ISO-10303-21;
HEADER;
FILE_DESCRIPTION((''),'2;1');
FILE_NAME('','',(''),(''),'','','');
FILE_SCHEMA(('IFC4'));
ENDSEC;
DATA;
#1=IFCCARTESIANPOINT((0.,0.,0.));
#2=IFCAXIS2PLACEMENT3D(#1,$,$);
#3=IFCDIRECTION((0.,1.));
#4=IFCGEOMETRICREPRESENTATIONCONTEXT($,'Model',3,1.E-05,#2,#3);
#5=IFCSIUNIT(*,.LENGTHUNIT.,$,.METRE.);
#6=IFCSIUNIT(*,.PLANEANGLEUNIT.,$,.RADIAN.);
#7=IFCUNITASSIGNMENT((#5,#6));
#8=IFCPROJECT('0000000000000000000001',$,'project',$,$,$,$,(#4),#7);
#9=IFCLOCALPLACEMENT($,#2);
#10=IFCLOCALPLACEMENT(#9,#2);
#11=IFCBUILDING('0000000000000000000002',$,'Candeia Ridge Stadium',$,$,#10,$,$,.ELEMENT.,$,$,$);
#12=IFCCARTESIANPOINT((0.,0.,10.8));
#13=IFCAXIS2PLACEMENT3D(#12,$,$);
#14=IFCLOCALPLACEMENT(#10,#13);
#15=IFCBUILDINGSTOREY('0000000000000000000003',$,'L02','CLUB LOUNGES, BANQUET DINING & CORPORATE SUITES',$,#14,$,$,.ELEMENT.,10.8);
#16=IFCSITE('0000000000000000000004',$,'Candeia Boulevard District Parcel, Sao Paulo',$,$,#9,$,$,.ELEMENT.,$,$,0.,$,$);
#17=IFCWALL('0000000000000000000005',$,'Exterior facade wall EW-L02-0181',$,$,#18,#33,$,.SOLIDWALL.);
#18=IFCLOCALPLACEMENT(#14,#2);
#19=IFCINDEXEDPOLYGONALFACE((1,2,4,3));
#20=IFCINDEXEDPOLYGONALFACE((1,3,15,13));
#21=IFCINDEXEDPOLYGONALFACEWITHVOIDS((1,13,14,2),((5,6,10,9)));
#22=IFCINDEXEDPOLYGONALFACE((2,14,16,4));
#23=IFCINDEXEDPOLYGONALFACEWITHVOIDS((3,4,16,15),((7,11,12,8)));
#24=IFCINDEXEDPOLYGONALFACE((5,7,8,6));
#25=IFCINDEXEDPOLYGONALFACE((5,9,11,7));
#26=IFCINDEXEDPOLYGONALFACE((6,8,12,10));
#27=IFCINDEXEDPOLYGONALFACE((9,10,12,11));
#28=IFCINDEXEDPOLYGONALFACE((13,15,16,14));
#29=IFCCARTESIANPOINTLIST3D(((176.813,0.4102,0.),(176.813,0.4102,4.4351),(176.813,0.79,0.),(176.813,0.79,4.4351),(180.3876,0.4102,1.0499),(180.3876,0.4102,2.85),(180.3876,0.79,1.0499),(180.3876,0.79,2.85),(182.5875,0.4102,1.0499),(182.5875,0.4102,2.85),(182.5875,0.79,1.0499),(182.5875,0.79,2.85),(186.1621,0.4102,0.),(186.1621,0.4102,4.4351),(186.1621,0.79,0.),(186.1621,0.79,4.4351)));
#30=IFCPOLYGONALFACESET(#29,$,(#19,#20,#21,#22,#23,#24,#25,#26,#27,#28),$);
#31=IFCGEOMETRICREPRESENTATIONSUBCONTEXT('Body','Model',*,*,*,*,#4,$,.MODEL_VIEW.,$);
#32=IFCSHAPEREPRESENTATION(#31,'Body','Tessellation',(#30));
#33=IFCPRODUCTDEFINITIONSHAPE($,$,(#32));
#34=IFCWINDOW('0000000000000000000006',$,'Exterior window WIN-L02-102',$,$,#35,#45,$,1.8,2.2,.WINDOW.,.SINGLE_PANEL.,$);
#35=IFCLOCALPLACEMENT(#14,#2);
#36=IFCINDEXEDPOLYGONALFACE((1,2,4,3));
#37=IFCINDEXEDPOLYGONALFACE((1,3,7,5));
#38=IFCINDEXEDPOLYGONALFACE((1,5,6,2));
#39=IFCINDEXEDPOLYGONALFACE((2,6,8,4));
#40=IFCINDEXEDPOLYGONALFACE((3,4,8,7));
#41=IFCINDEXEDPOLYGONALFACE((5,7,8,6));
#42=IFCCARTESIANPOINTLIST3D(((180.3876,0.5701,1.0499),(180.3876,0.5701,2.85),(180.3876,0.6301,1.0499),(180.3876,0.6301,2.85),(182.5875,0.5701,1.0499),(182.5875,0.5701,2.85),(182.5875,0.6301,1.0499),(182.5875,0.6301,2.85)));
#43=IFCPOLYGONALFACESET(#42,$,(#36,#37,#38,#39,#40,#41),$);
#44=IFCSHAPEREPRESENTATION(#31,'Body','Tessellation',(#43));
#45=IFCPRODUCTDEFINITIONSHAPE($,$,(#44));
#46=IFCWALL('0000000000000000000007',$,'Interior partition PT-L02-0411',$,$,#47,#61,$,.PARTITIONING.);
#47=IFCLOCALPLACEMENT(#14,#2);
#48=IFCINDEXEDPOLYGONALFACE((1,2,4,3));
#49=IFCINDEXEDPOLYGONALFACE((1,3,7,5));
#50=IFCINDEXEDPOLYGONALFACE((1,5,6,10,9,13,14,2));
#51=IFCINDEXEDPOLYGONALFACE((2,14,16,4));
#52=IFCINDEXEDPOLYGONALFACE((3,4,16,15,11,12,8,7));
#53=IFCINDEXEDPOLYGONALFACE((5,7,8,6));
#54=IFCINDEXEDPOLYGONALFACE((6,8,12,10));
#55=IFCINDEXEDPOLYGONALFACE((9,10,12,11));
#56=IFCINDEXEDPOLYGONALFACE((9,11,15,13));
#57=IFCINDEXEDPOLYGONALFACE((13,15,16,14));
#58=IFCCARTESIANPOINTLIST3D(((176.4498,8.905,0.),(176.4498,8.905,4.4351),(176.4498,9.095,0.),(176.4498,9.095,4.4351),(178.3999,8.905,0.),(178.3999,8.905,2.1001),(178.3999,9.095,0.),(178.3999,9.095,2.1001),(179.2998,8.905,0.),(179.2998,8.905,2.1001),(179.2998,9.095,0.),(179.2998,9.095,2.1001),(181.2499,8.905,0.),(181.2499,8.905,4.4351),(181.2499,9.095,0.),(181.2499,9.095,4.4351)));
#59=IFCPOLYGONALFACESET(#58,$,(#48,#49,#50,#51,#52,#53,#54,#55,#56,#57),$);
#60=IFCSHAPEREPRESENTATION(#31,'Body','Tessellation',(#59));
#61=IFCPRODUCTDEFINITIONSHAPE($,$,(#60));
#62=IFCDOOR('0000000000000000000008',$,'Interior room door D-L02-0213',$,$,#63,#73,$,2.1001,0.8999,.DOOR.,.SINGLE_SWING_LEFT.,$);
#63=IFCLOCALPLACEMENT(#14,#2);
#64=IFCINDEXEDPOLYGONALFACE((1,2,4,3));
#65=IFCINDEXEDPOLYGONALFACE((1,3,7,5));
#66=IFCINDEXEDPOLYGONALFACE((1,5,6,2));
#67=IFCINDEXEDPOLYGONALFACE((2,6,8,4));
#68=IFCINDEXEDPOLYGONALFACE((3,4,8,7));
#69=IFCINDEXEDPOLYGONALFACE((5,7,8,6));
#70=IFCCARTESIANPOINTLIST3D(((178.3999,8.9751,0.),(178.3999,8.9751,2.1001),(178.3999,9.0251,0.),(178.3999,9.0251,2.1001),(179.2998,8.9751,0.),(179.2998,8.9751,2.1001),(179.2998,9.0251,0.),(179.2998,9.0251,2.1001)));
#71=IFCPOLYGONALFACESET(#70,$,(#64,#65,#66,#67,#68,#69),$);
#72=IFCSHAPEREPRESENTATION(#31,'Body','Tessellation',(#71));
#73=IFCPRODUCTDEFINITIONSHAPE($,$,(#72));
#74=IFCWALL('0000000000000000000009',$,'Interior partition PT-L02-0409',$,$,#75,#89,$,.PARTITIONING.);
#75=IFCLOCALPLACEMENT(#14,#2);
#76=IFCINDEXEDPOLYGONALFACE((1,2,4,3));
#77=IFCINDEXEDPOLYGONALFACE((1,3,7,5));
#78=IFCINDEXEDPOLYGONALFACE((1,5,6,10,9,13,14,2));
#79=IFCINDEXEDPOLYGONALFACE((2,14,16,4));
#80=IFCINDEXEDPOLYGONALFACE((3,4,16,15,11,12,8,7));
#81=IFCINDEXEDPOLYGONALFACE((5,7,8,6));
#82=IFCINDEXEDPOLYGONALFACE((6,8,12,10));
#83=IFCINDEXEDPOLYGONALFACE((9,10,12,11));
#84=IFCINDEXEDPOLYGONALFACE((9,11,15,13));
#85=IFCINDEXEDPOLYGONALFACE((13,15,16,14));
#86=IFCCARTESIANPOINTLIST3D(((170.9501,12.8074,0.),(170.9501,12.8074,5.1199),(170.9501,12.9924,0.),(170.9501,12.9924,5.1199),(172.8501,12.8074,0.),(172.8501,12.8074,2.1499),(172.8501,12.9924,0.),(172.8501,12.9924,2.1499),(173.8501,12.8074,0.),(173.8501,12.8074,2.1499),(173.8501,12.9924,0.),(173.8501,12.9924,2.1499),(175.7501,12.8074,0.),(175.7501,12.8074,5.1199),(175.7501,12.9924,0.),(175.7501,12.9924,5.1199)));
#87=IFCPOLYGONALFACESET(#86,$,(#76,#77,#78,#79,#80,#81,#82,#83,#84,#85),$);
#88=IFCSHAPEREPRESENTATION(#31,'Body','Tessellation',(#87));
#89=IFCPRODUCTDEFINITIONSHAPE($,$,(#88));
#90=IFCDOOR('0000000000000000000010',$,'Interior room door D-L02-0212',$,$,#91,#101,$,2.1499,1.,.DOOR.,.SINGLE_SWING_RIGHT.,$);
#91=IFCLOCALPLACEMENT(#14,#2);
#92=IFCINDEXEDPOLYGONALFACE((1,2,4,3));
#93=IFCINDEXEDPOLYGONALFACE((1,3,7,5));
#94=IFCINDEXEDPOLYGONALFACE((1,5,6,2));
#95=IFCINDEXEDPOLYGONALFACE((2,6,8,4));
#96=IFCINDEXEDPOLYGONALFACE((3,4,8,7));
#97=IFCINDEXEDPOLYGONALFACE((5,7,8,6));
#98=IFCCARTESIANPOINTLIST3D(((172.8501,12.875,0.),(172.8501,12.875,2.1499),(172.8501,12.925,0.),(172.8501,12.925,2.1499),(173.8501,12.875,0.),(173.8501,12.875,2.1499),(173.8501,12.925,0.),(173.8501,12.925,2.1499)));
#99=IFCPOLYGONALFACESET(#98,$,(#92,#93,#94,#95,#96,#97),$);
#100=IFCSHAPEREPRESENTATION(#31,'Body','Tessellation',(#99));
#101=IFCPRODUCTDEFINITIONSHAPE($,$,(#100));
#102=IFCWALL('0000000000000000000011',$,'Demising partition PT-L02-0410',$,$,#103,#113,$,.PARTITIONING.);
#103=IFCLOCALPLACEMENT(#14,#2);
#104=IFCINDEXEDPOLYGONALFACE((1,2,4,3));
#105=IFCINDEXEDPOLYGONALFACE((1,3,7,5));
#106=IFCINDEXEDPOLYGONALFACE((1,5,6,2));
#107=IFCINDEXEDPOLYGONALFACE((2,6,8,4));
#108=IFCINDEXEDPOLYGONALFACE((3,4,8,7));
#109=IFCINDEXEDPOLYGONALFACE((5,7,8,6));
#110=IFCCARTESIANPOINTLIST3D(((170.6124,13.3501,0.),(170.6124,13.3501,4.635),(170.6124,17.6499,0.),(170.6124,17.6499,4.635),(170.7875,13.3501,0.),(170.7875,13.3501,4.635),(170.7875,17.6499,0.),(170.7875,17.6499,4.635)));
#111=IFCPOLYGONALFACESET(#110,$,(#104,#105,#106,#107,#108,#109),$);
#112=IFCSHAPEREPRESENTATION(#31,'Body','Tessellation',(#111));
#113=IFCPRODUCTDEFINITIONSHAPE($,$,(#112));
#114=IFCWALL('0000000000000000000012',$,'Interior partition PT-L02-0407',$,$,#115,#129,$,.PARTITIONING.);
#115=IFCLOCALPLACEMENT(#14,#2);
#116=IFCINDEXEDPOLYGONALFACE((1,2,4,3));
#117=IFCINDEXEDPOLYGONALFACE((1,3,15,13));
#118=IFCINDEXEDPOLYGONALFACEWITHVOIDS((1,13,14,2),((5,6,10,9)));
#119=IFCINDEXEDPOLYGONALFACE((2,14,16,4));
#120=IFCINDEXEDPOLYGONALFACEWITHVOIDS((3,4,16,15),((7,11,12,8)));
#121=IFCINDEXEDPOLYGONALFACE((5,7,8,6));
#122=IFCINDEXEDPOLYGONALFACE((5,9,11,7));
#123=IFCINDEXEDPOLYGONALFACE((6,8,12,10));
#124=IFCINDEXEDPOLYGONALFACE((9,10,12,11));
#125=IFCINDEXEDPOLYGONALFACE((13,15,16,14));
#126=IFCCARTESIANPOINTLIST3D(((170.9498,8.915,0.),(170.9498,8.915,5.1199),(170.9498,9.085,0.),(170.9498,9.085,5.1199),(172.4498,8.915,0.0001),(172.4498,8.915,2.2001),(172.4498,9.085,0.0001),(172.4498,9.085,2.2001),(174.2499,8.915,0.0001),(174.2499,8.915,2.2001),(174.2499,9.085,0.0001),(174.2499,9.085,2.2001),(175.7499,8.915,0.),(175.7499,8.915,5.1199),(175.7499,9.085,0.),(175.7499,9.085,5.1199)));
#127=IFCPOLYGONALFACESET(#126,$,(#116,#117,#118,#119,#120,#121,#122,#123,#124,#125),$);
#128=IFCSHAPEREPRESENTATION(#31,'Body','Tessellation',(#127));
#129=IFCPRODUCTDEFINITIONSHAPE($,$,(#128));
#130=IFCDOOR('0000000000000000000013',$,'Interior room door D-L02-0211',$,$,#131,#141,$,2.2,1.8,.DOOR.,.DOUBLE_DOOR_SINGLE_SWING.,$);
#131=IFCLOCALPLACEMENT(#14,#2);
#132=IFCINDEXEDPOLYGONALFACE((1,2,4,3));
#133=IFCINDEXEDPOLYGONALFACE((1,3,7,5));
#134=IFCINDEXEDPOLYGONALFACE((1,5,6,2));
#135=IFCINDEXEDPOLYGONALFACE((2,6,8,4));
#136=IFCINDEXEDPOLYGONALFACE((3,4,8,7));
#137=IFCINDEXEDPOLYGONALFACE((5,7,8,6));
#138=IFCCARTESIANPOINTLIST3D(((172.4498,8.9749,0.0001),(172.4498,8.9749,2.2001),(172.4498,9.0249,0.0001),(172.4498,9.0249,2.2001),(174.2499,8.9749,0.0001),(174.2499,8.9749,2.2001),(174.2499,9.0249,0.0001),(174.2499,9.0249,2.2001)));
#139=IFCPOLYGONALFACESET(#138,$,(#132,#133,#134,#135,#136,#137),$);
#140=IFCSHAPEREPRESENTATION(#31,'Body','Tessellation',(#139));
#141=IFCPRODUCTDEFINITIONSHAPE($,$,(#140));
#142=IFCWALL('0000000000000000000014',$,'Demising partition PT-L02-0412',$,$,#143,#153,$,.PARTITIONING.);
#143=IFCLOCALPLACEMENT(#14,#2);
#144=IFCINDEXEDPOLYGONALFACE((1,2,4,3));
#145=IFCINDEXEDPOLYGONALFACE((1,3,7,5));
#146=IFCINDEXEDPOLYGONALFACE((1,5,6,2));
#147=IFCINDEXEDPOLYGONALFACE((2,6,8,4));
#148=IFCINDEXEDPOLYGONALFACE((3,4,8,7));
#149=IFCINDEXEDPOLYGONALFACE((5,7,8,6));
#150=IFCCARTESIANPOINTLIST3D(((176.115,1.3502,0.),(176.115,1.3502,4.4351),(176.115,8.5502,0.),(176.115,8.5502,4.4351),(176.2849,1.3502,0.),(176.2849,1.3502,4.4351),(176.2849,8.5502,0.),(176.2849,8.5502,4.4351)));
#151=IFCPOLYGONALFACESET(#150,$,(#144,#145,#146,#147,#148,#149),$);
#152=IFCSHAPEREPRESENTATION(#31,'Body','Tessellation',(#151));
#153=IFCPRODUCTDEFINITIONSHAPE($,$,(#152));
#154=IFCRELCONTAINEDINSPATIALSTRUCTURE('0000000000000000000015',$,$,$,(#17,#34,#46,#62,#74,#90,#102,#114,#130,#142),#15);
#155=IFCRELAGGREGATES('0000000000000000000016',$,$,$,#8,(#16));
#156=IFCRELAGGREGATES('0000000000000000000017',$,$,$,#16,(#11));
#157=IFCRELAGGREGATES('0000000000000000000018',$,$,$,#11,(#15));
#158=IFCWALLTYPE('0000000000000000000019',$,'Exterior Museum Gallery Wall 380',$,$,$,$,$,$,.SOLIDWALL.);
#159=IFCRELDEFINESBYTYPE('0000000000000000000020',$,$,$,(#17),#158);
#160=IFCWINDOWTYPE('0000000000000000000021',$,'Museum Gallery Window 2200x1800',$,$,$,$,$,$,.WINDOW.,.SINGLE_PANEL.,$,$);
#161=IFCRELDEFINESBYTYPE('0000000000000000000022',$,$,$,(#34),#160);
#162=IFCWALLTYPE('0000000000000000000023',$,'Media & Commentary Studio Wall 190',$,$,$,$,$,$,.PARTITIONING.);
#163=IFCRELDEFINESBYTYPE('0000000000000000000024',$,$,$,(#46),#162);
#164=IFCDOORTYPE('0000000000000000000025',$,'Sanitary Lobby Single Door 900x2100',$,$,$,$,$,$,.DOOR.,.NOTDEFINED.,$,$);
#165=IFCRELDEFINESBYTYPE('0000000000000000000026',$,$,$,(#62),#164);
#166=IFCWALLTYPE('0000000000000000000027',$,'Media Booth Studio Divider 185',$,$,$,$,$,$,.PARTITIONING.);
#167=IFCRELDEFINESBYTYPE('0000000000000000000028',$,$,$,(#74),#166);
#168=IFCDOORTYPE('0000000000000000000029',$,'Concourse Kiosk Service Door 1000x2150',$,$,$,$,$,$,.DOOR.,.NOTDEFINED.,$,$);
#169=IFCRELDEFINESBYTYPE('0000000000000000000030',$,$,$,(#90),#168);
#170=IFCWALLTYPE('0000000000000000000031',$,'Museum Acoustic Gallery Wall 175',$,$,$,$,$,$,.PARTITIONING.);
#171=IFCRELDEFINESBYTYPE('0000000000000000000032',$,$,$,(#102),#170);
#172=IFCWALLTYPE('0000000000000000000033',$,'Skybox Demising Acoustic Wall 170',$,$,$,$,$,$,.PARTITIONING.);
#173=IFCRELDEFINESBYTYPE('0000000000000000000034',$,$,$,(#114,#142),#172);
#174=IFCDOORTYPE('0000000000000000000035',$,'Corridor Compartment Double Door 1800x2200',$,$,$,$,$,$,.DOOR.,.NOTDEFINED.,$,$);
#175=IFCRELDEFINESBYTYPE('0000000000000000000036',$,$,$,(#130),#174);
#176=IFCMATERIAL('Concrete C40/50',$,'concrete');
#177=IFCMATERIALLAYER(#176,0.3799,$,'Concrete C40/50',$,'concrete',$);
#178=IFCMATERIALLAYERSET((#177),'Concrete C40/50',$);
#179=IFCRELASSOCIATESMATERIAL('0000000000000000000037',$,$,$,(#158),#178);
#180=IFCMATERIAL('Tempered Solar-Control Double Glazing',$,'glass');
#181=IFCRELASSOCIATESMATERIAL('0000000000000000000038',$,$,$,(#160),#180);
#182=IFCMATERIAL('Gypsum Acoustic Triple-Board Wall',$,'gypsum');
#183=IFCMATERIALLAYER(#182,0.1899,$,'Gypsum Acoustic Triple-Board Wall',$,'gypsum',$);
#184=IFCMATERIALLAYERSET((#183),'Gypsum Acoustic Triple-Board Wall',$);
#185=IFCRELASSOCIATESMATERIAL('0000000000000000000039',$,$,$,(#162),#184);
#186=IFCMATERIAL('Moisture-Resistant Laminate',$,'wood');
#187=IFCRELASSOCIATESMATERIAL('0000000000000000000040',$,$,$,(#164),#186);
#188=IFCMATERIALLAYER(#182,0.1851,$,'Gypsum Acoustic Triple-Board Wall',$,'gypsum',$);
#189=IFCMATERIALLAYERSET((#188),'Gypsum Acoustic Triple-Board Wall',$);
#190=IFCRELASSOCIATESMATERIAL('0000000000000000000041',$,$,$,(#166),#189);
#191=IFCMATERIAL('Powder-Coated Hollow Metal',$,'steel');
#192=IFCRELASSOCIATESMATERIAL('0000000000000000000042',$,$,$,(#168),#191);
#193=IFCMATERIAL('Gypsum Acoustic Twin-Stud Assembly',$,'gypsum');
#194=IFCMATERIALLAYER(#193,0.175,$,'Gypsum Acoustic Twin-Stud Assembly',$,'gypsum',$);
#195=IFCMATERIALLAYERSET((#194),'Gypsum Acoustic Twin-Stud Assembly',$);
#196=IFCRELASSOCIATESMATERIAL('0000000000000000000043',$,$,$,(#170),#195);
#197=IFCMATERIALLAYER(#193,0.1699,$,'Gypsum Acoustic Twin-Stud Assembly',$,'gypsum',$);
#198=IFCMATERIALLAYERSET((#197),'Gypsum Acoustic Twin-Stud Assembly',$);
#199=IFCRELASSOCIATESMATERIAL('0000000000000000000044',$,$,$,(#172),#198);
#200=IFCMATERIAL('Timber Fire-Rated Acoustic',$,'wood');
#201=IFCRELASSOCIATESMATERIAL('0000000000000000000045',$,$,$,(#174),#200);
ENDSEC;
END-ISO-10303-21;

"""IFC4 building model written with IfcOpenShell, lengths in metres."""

from ifc_helpers import new_model, si_unit, direction, frame, frame_2d, origin, place, context, subcontext, project, spatial, rectangle, extrude, material, layer, layer_set, type_object, element, fill, save


model = new_model("IFC4")

# Units and contexts
model_context = context("Model", 3, precision=1e-05, world=origin(), true_north=direction((0.0, 1.0)))
body_context = subcontext(model_context, "Body", "Model", "MODEL_VIEW")
ifc_project = project(units=[si_unit("LENGTHUNIT", "METRE"), si_unit("PLANEANGLEUNIT", "RADIAN")], contexts=[model_context])

# Site, building, storey
site_placement = place(None, origin())
site = spatial("IfcSite", under=ifc_project, at=site_placement, Name="Candeia Boulevard District Parcel, Sao Paulo", CompositionType="ELEMENT", RefElevation=0.0)
building_placement = place(site_placement, origin())
building = spatial("IfcBuilding", under=site, at=building_placement, Name="Candeia Ridge Stadium", CompositionType="ELEMENT")
storey_placement = place(building_placement, frame((0.0, 0.0, 10.8)))
storey = spatial("IfcBuildingStorey", under=building, at=storey_placement, Name="L02", Description="CLUB LOUNGES, BANQUET DINING & CORPORATE SUITES", CompositionType="ELEMENT", Elevation=10.8)

# Shared definitions
ifc_material_1 = material(Name="Concrete C40/50", Category="concrete")

# Wall, opening, window
ifc_layer_1 = layer(ifc_material_1, 0.3799, Name="Concrete C40/50", Category="concrete")
ifc_layer_set_1 = layer_set([ifc_layer_1], Name="Concrete C40/50")
wall_type_1 = type_object("IfcWallType", Name="Exterior Museum Gallery Wall 380", PredefinedType="SOLIDWALL", material=ifc_layer_set_1)
wall_1_placement = place(storey_placement, frame((176.813, 0.6001, 0.0), z_axis=(0.0, 0.0, 1.0), x_axis=(1.0, 0.0, 0.0)))
wall_1 = element("IfcWall", 1, at=wall_1_placement, inside=storey, type_object=wall_type_1, Name="Exterior facade wall EW-L02-0181", PredefinedType="SOLIDWALL", context=body_context, shape_type="SweptSolid", body=[
    extrude(rectangle(XDim=9.3491, YDim=0.3799, at=frame_2d((4.6746, 0.0))), origin(), (0.0, 0.0, 1.0), 4.4351),
])
opening_1_placement = place(wall_1_placement, frame((3.5745, 0.0, 1.05)))
opening_1 = element("IfcOpeningElement", 2, at=opening_1_placement, cuts=wall_1, PredefinedType="OPENING", context=body_context, shape_type="SweptSolid", body=[
    extrude(rectangle(XDim=2.2, YDim=1.8, at=frame_2d((1.1001, 0.8999))), frame((0.0, 0.2, 0.0), z_axis=(0.0, -1.0, 0.0), x_axis=(1.0, 0.0, 0.0)), (0.0, 0.0, 1.0), 0.3999),
])
ifc_material_2 = material(Name="Tempered Solar-Control Double Glazing", Category="glass")
window_type = type_object("IfcWindowType", Name="Museum Gallery Window 2200x1800", PartitioningType="SINGLE_PANEL", PredefinedType="WINDOW", material=ifc_material_2)
window_placement = place(opening_1_placement, origin())
window = element("IfcWindow", 3, at=window_placement, inside=storey, type_object=window_type, Name="Exterior window WIN-L02-102", OverallHeight=1.8, OverallWidth=2.2, PartitioningType="SINGLE_PANEL", PredefinedType="WINDOW", context=body_context, shape_type="SweptSolid", body=[
    extrude(rectangle(XDim=2.2, YDim=1.8, at=frame_2d((1.1001, 0.8999))), frame((0.0, 0.03, 0.0), z_axis=(0.0, -1.0, 0.0), x_axis=(1.0, 0.0, 0.0)), (0.0, 0.0, 1.0), 0.0601),
])
fill(opening_1, window)

# Walls, openings, doors
ifc_material_3 = material(Name="Gypsum Acoustic Triple-Board Wall", Category="gypsum")
ifc_layer_2 = layer(ifc_material_3, 0.1899, Name="Gypsum Acoustic Triple-Board Wall", Category="gypsum")
ifc_layer_set_2 = layer_set([ifc_layer_2], Name="Gypsum Acoustic Triple-Board Wall")
wall_type_2 = type_object("IfcWallType", Name="Media & Commentary Studio Wall 190", PredefinedType="PARTITIONING", material=ifc_layer_set_2)
wall_2_placement = place(storey_placement, frame((176.45, 9.0, 0.0), z_axis=(0.0, 0.0, 1.0), x_axis=(1.0, 0.0, 0.0)))
wall_2 = element("IfcWall", 4, at=wall_2_placement, inside=storey, type_object=wall_type_2, Name="Interior partition PT-L02-0411", PredefinedType="PARTITIONING", context=body_context, shape_type="SweptSolid", body=[
    extrude(rectangle(XDim=4.8, YDim=0.1899, at=frame_2d((2.3999, 0.0))), origin(), (0.0, 0.0, 1.0), 4.4351),
])
opening_2_placement = place(wall_2_placement, frame((1.95, 0.0, 0.0)))
opening_2 = element("IfcOpeningElement", 5, at=opening_2_placement, cuts=wall_2, PredefinedType="OPENING", context=body_context, shape_type="SweptSolid", body=[
    extrude(rectangle(XDim=0.8999, YDim=2.1001, at=frame_2d((0.45, 1.05))), frame((0.0, 0.105, 0.0), z_axis=(0.0, -1.0, 0.0), x_axis=(1.0, 0.0, 0.0)), (0.0, 0.0, 1.0), 0.21),
])
ifc_material_4 = material(Name="Moisture-Resistant Laminate", Category="wood")
door_type_1 = type_object("IfcDoorType", Name="Sanitary Lobby Single Door 900x2100", OperationType="NOTDEFINED", PredefinedType="DOOR", material=ifc_material_4)
door_1_placement = place(opening_2_placement, frame((0.8999, 0.0, 0.0), z_axis=(0.0, 0.0, 1.0), x_axis=(-1.0, 0.0, 0.0)))
door_1 = element("IfcDoor", 6, at=door_1_placement, inside=storey, type_object=door_type_1, Name="Interior room door D-L02-0213", OperationType="SINGLE_SWING_LEFT", OverallHeight=2.1001, OverallWidth=0.8999, PredefinedType="DOOR", context=body_context, shape_type="SweptSolid", body=[
    extrude(rectangle(XDim=0.8999, YDim=2.1001, at=frame_2d((0.45, 1.05))), frame((0.0, 0.0249, 0.0), z_axis=(0.0, -1.0, 0.0), x_axis=(1.0, 0.0, 0.0)), (0.0, 0.0, 1.0), 0.05),
])
fill(opening_2, door_1)
ifc_layer_3 = layer(ifc_material_3, 0.1851, Name="Gypsum Acoustic Triple-Board Wall", Category="gypsum")
ifc_layer_set_3 = layer_set([ifc_layer_3], Name="Gypsum Acoustic Triple-Board Wall")
wall_type_3 = type_object("IfcWallType", Name="Media Booth Studio Divider 185", PredefinedType="PARTITIONING", material=ifc_layer_set_3)
wall_3_placement = place(storey_placement, frame((175.75, 12.8999, 0.0), z_axis=(0.0, 0.0, 1.0), x_axis=(-1.0, 0.0, 0.0)))
wall_3 = element("IfcWall", 7, at=wall_3_placement, inside=storey, type_object=wall_type_3, Name="Interior partition PT-L02-0409", PredefinedType="PARTITIONING", context=body_context, shape_type="SweptSolid", body=[
    extrude(rectangle(XDim=4.8, YDim=0.1851, at=frame_2d((2.3999, 0.0))), origin(), (0.0, 0.0, 1.0), 5.1199),
])
opening_3_placement = place(wall_3_placement, frame((1.8999, 0.0, 0.0)))
opening_3 = element("IfcOpeningElement", 8, at=opening_3_placement, cuts=wall_3, PredefinedType="OPENING", context=body_context, shape_type="SweptSolid", body=[
    extrude(rectangle(XDim=1.0, YDim=2.1499, at=frame_2d((0.5, 1.075))), frame((0.0, 0.1025, 0.0), z_axis=(0.0, -1.0, 0.0), x_axis=(1.0, 0.0, 0.0)), (0.0, 0.0, 1.0), 0.2051),
])
ifc_material_5 = material(Name="Powder-Coated Hollow Metal", Category="steel")
door_type_2 = type_object("IfcDoorType", Name="Concourse Kiosk Service Door 1000x2150", OperationType="NOTDEFINED", PredefinedType="DOOR", material=ifc_material_5)
door_2_placement = place(opening_3_placement, origin())
door_2 = element("IfcDoor", 9, at=door_2_placement, inside=storey, type_object=door_type_2, Name="Interior room door D-L02-0212", OperationType="SINGLE_SWING_RIGHT", OverallHeight=2.1499, OverallWidth=1.0, PredefinedType="DOOR", context=body_context, shape_type="SweptSolid", body=[
    extrude(rectangle(XDim=1.0, YDim=2.1499, at=frame_2d((0.5, 1.075))), frame((0.0, 0.0249, 0.0), z_axis=(0.0, -1.0, 0.0), x_axis=(1.0, 0.0, 0.0)), (0.0, 0.0, 1.0), 0.05),
])
fill(opening_3, door_2)

# Wall
ifc_material_6 = material(Name="Gypsum Acoustic Twin-Stud Assembly", Category="gypsum")
ifc_layer_4 = layer(ifc_material_6, 0.175, Name="Gypsum Acoustic Twin-Stud Assembly", Category="gypsum")
ifc_layer_set_4 = layer_set([ifc_layer_4], Name="Gypsum Acoustic Twin-Stud Assembly")
wall_type_4 = type_object("IfcWallType", Name="Museum Acoustic Gallery Wall 175", PredefinedType="PARTITIONING", material=ifc_layer_set_4)
wall_4_placement = place(storey_placement, frame((170.7, 13.3501, 0.0), z_axis=(0.0, 0.0, 1.0), x_axis=(0.0, 1.0, 0.0)))
element("IfcWall", 10, at=wall_4_placement, inside=storey, type_object=wall_type_4, Name="Demising partition PT-L02-0410", PredefinedType="PARTITIONING", context=body_context, shape_type="SweptSolid", body=[
    extrude(rectangle(XDim=4.2998, YDim=0.175, at=frame_2d((2.1499, 0.0))), origin(), (0.0, 0.0, 1.0), 4.635),
])

# Wall, opening, door
ifc_layer_5 = layer(ifc_material_6, 0.1699, Name="Gypsum Acoustic Twin-Stud Assembly", Category="gypsum")
ifc_layer_set_5 = layer_set([ifc_layer_5], Name="Gypsum Acoustic Twin-Stud Assembly")
wall_type_5 = type_object("IfcWallType", Name="Skybox Demising Acoustic Wall 170", PredefinedType="PARTITIONING", material=ifc_layer_set_5)
wall_5_placement = place(storey_placement, frame((170.95, 9.0, 0.0), z_axis=(0.0, 0.0, 1.0), x_axis=(1.0, 0.0, 0.0)))
wall_5 = element("IfcWall", 11, at=wall_5_placement, inside=storey, type_object=wall_type_5, Name="Interior partition PT-L02-0407", PredefinedType="PARTITIONING", context=body_context, shape_type="SweptSolid", body=[
    extrude(rectangle(XDim=4.8, YDim=0.1699, at=frame_2d((2.3999, 0.0))), origin(), (0.0, 0.0, 1.0), 5.1199),
])
opening_4_placement = place(wall_5_placement, frame((1.5, 0.0, 0.0)))
opening_4 = element("IfcOpeningElement", 12, at=opening_4_placement, cuts=wall_5, PredefinedType="OPENING", context=body_context, shape_type="SweptSolid", body=[
    extrude(rectangle(XDim=1.8, YDim=2.2, at=frame_2d((0.8999, 1.1001))), frame((0.0, 0.095, 0.0), z_axis=(0.0, -1.0, 0.0), x_axis=(1.0, 0.0, 0.0)), (0.0, 0.0, 1.0), 0.1899),
])
ifc_material_7 = material(Name="Timber Fire-Rated Acoustic", Category="wood")
door_type_3 = type_object("IfcDoorType", Name="Corridor Compartment Double Door 1800x2200", OperationType="NOTDEFINED", PredefinedType="DOOR", material=ifc_material_7)
door_3_placement = place(opening_4_placement, origin())
door_3 = element("IfcDoor", 13, at=door_3_placement, inside=storey, type_object=door_type_3, Name="Interior room door D-L02-0211", OperationType="DOUBLE_DOOR_SINGLE_SWING", OverallHeight=2.2, OverallWidth=1.8, PredefinedType="DOOR", context=body_context, shape_type="SweptSolid", body=[
    extrude(rectangle(XDim=1.8, YDim=2.2, at=frame_2d((0.8999, 1.1001))), frame((0.0, 0.0249, 0.0), z_axis=(0.0, -1.0, 0.0), x_axis=(1.0, 0.0, 0.0)), (0.0, 0.0, 1.0), 0.05),
])
fill(opening_4, door_3)

# Wall
wall_6_placement = place(storey_placement, frame((176.2, 1.3501, 0.0), z_axis=(0.0, 0.0, 1.0), x_axis=(0.0, 1.0, 0.0)))
element("IfcWall", 14, at=wall_6_placement, inside=storey, type_object=wall_type_5, Name="Demising partition PT-L02-0412", PredefinedType="PARTITIONING", context=body_context, shape_type="SweptSolid", body=[
    extrude(rectangle(XDim=7.2, YDim=0.1699, at=frame_2d((3.6001, 0.0))), origin(), (0.0, 0.0, 1.0), 4.4351),
])

save(model, "model.ifc")
